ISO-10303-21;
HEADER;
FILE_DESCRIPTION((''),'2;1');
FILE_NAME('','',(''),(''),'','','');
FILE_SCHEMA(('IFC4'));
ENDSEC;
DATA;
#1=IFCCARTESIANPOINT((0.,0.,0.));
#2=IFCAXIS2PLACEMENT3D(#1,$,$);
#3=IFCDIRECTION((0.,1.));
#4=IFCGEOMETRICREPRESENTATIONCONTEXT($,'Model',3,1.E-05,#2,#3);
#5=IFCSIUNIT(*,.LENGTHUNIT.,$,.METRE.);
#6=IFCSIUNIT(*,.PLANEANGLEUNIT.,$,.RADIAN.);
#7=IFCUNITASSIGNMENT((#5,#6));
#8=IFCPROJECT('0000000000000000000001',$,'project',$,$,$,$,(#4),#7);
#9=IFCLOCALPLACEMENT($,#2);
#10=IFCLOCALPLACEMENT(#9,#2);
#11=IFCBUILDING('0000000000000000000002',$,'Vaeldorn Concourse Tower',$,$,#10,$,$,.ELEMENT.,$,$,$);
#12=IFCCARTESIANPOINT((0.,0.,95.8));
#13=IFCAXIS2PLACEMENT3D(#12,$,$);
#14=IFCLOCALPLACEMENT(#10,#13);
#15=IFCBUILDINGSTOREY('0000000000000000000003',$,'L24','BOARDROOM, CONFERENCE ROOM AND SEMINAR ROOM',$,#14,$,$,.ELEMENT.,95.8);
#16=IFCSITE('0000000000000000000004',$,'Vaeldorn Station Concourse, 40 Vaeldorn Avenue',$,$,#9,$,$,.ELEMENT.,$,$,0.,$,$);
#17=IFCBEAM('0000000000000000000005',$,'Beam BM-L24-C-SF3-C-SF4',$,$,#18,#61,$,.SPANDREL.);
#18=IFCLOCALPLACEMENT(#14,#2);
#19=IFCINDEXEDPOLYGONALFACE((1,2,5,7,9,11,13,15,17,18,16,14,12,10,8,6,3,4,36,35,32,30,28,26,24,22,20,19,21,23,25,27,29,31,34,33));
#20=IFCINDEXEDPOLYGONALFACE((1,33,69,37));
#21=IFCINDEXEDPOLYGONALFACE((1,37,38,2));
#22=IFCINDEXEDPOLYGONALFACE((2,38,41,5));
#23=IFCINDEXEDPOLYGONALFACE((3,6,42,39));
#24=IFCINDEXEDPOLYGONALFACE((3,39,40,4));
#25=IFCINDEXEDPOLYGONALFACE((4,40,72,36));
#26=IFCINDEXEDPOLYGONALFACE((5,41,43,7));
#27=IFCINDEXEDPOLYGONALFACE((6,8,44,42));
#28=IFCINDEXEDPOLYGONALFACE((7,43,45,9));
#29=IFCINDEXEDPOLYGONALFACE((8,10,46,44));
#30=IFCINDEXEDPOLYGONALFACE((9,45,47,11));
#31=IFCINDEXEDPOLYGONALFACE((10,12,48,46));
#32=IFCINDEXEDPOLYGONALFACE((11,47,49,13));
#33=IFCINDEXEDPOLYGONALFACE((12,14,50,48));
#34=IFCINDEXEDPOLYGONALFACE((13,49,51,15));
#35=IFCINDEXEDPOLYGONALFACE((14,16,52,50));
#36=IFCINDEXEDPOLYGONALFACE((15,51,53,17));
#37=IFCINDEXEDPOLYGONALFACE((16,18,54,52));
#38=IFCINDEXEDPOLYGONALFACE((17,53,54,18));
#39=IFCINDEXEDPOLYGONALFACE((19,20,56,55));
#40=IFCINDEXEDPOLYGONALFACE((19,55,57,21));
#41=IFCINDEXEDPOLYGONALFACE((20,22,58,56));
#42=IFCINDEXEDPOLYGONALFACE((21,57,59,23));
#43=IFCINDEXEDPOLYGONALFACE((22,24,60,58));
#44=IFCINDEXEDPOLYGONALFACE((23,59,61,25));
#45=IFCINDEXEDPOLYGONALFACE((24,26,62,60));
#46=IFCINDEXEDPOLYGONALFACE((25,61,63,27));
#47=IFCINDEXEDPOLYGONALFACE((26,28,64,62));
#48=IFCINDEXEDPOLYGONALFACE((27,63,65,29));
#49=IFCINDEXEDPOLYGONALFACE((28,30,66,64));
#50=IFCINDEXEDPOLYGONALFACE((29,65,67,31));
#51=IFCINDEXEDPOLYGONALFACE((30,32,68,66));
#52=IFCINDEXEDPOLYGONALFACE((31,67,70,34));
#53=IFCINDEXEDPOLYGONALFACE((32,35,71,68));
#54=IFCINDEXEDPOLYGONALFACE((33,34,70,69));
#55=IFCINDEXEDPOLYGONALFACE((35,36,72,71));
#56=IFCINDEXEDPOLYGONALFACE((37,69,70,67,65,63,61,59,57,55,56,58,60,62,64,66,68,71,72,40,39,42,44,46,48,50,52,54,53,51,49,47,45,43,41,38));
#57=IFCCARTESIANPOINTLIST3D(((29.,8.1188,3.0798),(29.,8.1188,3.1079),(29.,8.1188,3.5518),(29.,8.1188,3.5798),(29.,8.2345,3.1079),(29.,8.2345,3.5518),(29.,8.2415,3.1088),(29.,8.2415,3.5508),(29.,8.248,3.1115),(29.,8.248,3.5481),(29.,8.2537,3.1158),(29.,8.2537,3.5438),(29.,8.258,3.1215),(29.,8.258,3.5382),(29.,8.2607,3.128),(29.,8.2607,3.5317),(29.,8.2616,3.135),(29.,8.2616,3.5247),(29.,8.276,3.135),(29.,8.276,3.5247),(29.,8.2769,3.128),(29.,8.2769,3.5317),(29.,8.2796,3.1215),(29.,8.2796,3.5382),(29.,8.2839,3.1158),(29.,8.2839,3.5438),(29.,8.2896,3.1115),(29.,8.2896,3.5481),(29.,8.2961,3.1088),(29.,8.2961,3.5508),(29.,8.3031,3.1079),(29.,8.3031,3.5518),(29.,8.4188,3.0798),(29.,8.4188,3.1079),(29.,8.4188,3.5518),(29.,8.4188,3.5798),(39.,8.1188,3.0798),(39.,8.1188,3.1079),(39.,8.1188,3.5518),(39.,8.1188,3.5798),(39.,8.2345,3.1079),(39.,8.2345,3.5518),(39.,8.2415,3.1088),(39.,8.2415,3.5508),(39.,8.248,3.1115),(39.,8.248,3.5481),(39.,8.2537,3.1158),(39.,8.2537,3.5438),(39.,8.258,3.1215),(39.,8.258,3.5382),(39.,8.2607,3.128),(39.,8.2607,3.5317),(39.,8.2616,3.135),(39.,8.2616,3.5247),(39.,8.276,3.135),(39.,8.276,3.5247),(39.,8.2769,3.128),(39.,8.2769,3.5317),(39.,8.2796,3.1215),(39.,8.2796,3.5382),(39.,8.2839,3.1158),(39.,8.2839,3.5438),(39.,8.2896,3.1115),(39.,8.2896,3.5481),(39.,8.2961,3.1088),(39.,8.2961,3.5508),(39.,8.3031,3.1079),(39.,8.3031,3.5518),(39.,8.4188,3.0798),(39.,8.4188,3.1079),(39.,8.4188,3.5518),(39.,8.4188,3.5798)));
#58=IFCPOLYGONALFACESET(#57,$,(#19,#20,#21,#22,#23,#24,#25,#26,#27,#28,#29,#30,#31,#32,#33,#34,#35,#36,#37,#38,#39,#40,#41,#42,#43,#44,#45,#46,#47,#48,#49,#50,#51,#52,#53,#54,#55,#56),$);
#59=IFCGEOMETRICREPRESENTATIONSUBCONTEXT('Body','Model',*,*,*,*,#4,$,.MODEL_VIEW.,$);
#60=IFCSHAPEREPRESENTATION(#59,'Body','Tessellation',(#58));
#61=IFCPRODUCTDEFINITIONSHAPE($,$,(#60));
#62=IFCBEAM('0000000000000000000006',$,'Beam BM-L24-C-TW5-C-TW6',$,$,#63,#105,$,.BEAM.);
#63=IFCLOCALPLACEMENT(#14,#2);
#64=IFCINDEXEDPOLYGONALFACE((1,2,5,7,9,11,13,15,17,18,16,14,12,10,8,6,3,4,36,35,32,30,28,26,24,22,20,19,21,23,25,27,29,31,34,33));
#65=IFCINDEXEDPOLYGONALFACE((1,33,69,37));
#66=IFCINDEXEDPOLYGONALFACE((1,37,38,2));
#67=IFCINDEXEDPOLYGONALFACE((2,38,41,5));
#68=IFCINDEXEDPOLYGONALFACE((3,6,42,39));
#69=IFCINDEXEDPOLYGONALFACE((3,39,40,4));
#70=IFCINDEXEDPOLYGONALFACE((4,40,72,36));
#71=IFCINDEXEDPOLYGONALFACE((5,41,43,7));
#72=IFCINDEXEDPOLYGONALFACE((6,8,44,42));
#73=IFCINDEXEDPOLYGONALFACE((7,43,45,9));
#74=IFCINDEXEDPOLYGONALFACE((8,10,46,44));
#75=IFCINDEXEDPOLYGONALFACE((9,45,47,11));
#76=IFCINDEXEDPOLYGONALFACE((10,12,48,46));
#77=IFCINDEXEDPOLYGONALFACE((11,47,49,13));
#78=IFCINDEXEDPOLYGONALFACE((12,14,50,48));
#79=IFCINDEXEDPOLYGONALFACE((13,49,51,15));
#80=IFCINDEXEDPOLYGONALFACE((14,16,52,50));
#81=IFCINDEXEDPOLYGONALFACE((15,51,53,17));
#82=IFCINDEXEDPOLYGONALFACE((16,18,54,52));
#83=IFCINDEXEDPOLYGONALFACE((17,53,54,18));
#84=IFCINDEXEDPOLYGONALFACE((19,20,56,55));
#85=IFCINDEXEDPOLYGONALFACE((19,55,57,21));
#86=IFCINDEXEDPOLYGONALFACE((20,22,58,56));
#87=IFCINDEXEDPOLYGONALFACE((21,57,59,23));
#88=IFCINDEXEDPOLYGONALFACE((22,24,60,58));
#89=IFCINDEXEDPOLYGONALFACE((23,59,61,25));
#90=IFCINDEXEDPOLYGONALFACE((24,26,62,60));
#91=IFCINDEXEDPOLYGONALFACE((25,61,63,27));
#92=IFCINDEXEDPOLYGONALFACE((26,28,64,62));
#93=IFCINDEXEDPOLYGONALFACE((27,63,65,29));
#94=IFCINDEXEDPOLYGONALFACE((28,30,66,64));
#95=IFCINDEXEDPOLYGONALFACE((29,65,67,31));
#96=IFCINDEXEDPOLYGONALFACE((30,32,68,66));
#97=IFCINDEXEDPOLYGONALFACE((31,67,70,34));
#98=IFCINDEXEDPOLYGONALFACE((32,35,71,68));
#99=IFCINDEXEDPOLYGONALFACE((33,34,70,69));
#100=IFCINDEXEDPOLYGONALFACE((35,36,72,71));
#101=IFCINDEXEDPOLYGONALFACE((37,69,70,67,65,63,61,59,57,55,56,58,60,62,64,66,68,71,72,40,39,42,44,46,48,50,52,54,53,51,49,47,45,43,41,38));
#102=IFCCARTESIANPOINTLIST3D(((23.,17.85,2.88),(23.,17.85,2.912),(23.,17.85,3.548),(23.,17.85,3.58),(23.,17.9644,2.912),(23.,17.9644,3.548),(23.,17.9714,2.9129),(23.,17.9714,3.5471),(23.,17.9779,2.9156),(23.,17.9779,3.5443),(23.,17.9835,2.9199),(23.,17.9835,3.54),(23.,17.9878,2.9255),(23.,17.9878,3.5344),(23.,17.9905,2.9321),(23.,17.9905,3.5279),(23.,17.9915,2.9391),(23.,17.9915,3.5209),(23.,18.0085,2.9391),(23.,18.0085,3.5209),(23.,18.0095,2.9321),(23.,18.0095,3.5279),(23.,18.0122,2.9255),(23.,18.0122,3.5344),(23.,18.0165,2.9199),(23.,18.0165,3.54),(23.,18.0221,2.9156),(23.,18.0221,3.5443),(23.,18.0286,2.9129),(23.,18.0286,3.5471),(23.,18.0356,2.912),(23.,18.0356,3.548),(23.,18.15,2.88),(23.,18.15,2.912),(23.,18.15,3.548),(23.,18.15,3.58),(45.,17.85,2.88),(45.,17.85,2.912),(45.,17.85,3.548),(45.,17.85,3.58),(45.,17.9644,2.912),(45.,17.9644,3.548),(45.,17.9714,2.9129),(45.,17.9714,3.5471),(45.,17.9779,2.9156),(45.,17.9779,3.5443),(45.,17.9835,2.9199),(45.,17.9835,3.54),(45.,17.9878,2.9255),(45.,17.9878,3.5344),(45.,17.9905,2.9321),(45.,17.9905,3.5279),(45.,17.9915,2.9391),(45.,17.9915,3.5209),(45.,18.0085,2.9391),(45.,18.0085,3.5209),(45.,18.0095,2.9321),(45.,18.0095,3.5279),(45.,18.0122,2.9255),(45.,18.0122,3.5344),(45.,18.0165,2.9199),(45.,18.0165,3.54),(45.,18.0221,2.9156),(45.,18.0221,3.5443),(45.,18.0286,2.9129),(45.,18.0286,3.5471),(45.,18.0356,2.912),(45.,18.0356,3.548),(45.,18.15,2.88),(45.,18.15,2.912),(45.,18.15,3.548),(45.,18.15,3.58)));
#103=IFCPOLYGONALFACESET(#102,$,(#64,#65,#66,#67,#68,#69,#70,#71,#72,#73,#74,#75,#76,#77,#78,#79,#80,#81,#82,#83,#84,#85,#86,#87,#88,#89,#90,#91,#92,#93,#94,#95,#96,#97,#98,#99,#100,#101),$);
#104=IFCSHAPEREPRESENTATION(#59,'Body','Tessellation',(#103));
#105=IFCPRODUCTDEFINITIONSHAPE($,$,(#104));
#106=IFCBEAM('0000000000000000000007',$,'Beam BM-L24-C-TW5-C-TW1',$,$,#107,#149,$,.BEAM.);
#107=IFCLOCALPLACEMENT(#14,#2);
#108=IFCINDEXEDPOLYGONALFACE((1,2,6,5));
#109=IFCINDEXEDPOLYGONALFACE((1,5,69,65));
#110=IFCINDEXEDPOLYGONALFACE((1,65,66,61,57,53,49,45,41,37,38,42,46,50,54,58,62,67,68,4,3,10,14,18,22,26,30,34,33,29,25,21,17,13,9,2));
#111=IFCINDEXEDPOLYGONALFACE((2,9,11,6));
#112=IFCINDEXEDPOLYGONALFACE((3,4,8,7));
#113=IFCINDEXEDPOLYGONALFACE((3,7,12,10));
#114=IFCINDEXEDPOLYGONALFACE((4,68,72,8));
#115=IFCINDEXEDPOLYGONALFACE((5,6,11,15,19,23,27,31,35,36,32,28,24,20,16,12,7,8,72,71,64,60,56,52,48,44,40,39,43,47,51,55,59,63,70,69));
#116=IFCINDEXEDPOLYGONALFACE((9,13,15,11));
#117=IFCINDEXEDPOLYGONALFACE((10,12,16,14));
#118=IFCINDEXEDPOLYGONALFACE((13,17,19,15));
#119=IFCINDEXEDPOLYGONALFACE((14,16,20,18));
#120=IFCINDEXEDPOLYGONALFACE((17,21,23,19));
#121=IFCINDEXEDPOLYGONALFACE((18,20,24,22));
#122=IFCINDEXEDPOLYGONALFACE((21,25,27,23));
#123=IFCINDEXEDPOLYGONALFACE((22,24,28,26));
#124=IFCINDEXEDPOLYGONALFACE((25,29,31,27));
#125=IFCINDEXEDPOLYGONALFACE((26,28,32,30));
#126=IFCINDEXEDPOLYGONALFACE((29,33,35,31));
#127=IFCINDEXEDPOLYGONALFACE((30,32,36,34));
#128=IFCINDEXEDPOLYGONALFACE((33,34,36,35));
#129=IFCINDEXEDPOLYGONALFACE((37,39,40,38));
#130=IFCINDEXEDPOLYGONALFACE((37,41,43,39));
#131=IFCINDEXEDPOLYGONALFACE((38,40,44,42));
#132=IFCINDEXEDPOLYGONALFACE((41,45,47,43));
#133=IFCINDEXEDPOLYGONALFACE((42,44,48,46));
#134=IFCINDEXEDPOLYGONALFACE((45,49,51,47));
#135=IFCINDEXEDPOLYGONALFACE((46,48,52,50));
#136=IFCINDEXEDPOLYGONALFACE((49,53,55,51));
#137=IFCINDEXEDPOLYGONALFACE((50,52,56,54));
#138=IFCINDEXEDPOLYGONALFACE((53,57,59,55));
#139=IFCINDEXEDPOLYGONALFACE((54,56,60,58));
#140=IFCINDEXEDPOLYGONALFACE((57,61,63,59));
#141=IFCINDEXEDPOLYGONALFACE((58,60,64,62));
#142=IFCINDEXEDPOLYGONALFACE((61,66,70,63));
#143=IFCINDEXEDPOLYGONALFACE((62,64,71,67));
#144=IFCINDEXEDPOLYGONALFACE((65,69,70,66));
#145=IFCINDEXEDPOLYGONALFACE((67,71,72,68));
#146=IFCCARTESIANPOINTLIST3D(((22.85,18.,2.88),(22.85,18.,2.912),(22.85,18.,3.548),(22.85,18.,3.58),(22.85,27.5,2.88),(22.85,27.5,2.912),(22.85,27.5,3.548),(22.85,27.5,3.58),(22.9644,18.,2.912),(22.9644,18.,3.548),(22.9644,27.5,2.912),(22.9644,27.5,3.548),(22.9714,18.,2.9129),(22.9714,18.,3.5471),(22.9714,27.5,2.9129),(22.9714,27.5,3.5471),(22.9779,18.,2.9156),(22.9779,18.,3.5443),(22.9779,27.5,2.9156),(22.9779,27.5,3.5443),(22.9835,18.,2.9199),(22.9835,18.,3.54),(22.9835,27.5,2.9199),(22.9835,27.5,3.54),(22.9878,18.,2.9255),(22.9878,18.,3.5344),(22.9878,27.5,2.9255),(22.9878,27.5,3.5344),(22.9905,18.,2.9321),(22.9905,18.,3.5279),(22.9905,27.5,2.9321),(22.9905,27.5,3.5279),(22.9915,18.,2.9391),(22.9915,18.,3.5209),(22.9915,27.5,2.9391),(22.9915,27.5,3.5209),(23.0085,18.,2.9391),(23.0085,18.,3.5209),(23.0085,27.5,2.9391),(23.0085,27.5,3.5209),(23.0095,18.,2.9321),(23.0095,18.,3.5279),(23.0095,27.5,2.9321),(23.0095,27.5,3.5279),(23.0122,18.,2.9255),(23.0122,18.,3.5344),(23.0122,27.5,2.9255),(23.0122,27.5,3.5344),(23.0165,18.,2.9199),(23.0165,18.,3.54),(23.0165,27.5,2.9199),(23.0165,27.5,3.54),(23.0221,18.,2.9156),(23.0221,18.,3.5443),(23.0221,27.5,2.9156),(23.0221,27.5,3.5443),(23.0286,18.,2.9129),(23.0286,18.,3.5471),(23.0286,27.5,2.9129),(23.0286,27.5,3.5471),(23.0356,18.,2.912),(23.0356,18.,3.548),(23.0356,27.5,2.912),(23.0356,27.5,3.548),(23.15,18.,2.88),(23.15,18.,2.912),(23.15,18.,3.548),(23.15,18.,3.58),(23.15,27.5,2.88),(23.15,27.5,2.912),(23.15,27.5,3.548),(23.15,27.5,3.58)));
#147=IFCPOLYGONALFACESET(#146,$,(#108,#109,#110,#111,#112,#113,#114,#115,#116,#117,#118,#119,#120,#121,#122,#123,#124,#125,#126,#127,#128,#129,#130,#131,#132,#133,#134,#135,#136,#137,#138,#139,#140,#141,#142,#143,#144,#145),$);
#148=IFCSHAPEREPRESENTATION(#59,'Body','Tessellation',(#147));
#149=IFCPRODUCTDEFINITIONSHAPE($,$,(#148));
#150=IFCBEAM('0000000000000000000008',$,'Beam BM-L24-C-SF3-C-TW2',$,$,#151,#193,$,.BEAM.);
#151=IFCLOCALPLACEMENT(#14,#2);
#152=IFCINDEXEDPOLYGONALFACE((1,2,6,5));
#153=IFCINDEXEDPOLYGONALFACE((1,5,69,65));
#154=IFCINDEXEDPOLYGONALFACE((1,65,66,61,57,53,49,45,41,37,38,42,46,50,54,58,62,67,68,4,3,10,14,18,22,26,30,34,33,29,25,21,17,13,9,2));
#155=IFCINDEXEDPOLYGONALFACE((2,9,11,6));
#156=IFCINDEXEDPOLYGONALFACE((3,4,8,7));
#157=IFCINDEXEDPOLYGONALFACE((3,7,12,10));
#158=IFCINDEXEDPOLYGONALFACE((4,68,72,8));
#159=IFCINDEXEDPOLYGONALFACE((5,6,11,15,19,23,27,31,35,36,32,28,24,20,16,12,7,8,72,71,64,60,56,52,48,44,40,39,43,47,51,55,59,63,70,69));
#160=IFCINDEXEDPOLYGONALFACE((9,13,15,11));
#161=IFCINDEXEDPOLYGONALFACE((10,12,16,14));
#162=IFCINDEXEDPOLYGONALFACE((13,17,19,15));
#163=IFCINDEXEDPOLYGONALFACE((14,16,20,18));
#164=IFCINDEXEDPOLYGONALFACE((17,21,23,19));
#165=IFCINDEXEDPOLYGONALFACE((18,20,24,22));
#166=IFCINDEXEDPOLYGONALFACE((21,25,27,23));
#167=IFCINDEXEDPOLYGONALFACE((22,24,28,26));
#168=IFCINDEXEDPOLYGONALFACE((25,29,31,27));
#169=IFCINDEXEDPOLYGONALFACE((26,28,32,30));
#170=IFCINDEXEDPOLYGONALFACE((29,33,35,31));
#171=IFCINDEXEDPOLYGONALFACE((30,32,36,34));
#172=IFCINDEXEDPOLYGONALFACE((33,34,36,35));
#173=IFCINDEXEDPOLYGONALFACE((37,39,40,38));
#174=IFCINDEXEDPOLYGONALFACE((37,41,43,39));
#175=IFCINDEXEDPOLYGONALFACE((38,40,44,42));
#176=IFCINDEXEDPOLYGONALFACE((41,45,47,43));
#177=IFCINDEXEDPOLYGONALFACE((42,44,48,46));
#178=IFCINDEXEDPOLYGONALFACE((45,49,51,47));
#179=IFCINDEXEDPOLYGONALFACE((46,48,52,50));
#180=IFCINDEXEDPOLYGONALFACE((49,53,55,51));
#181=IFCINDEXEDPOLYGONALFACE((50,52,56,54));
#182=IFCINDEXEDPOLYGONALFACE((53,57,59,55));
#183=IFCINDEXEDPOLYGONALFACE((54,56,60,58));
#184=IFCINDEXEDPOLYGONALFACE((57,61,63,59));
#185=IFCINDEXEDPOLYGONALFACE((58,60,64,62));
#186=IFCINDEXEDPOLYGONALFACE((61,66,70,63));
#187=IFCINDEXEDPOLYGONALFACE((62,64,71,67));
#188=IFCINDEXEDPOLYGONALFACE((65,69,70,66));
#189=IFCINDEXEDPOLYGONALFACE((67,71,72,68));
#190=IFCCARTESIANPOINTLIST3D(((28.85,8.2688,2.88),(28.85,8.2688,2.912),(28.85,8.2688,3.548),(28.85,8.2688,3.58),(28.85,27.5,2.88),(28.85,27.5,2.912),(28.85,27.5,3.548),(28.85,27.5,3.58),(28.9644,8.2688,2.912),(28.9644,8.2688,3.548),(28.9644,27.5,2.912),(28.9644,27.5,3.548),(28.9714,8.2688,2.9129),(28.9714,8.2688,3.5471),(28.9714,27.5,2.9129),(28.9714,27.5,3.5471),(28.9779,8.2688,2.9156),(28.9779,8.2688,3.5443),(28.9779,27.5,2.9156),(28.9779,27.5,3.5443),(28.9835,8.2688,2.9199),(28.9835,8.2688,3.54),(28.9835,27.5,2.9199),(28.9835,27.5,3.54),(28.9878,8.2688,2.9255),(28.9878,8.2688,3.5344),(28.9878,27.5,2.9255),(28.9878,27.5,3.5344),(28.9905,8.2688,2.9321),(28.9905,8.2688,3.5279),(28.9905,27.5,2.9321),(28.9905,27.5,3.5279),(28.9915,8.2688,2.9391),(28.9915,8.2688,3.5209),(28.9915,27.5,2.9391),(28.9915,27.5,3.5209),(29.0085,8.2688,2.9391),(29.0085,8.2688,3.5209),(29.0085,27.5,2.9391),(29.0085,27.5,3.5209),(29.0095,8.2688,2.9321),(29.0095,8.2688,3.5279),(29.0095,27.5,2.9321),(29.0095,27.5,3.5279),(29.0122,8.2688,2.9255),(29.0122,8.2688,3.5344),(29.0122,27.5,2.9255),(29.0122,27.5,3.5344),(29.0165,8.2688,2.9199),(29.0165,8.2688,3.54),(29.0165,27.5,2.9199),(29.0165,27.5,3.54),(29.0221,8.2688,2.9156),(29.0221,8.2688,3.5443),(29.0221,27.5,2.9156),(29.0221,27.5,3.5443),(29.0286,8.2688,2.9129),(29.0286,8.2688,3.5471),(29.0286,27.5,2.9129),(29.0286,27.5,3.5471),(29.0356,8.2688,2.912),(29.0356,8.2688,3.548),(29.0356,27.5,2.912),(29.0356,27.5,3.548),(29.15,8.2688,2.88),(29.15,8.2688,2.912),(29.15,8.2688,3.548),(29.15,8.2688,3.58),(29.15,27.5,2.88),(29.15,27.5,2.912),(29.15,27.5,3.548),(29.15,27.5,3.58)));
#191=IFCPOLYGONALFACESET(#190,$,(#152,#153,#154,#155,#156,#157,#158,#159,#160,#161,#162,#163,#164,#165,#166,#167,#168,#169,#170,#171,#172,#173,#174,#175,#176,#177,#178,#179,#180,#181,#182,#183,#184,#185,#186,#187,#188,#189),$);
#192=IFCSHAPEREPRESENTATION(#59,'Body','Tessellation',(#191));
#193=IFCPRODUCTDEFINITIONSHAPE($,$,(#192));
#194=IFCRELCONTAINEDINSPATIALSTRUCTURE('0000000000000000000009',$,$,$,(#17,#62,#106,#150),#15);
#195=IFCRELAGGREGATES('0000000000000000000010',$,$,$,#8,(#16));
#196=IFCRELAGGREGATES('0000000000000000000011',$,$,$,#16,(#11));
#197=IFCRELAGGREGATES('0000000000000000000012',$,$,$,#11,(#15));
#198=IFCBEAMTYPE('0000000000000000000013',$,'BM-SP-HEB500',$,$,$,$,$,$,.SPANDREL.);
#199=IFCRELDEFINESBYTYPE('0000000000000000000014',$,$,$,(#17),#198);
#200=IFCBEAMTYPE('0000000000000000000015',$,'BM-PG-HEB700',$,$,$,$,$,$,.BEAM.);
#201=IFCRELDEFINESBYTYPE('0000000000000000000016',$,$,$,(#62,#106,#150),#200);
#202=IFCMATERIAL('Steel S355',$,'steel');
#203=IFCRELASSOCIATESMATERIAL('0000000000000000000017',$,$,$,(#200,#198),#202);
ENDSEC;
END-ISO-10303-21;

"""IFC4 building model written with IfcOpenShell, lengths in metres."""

from ifc_helpers import new_model, si_unit, direction, frame, origin, origin_2d, place, context, subcontext, project, spatial, i_section, extrude, source, transform, mapped, material, material_profile, profile_set, type_object, element, save


model = new_model("IFC4")

# Units and contexts
model_context = context("Model", 3, precision=1e-05, world=origin(), true_north=direction((0.0, 1.0)))
body_context = subcontext(model_context, "Body", "Model", "MODEL_VIEW")
ifc_project = project(units=[si_unit("LENGTHUNIT", "METRE"), si_unit("PLANEANGLEUNIT", "RADIAN")], contexts=[model_context])

# Site, building, storey
site_placement = place(None, origin())
site = spatial("IfcSite", under=ifc_project, at=site_placement, Name="Vaeldorn Station Concourse, 40 Vaeldorn Avenue", CompositionType="ELEMENT", RefElevation=0.0)
building_placement = place(site_placement, origin())
building = spatial("IfcBuilding", under=site, at=building_placement, Name="Vaeldorn Concourse Tower", CompositionType="ELEMENT")
storey_placement = place(building_placement, frame((0.0, 0.0, 95.8)))
storey = spatial("IfcBuildingStorey", under=building, at=storey_placement, Name="L24", Description="BOARDROOM, CONFERENCE ROOM AND SEMINAR ROOM", CompositionType="ELEMENT", Elevation=95.8)

# Beams
ifc_material_1 = material(Name="Steel S355", Category="steel")
ifc_material_profile_1 = material_profile(ifc_material_1, i_section(OverallWidth=0.3, OverallDepth=0.7, WebThickness=0.0171, FlangeThickness=0.032, FilletRadius=0.0271, at=origin_2d()), Name="HEB 700")
ifc_profile_set_1 = profile_set([ifc_material_profile_1], Name="Steel S355")
beam_type_1 = type_object("IfcBeamType", Name="BM-PG-HEB700", PredefinedType="BEAM", material=ifc_profile_set_1)
ifc_material_profile_2 = material_profile(ifc_material_1, i_section(OverallWidth=0.3, OverallDepth=0.5, WebThickness=0.0144, FlangeThickness=0.0281, FilletRadius=0.0271, at=origin_2d()), Name="HEB 500")
ifc_profile_set_2 = profile_set([ifc_material_profile_2], Name="Steel S355")
beam_type_2 = type_object("IfcBeamType", Name="BM-SP-HEB500", PredefinedType="SPANDREL", material=ifc_profile_set_2)
shared_shape_1 = source(origin(), body_context, "Body", "SweptSolid", [
    extrude(i_section(OverallWidth=0.3, OverallDepth=0.5, WebThickness=0.0144, FlangeThickness=0.0281, FilletRadius=0.0271, at=origin_2d()), origin(), (0.0, 0.0, 1.0), 10.0),
])
beam_1_placement = place(storey_placement, frame((29.0, 8.2688, 3.3298), z_axis=(1.0, 0.0, 0.0), x_axis=(0.0, 1.0, 0.0)))
element("IfcBeam", 1, at=beam_1_placement, inside=storey, type_object=beam_type_2, Name="Beam BM-L24-C-SF3-C-SF4", PredefinedType="SPANDREL", context=body_context, shape_type="MappedRepresentation", body=[
    mapped(shared_shape_1, transform((0.0, 0.0, 0.0), scale=1.0)),
])
shared_shape_2 = source(origin(), body_context, "Body", "SweptSolid", [
    extrude(i_section(OverallWidth=0.3, OverallDepth=0.7, WebThickness=0.0171, FlangeThickness=0.032, FilletRadius=0.0271, at=origin_2d()), origin(), (0.0, 0.0, 1.0), 22.0),
])
beam_2_placement = place(storey_placement, frame((23.0, 18.0, 3.23), z_axis=(1.0, 0.0, 0.0), x_axis=(0.0, 1.0, 0.0)))
element("IfcBeam", 2, at=beam_2_placement, inside=storey, type_object=beam_type_1, Name="Beam BM-L24-C-TW5-C-TW6", PredefinedType="BEAM", context=body_context, shape_type="MappedRepresentation", body=[
    mapped(shared_shape_2, transform((0.0, 0.0, 0.0), scale=1.0)),
])
shared_shape_3 = source(origin(), body_context, "Body", "SweptSolid", [
    extrude(i_section(OverallWidth=0.3, OverallDepth=0.7, WebThickness=0.0171, FlangeThickness=0.032, FilletRadius=0.0271, at=origin_2d()), origin(), (0.0, 0.0, 1.0), 9.5),
])
beam_3_placement = place(storey_placement, frame((23.0, 18.0, 3.23), z_axis=(0.0, 1.0, 0.0), x_axis=(-1.0, 0.0, 0.0)))
element("IfcBeam", 3, at=beam_3_placement, inside=storey, type_object=beam_type_1, Name="Beam BM-L24-C-TW5-C-TW1", PredefinedType="BEAM", context=body_context, shape_type="MappedRepresentation", body=[
    mapped(shared_shape_3, transform((0.0, 0.0, 0.0), scale=1.0)),
])
shared_shape_4 = source(origin(), body_context, "Body", "SweptSolid", [
    extrude(i_section(OverallWidth=0.3, OverallDepth=0.7, WebThickness=0.0171, FlangeThickness=0.032, FilletRadius=0.0271, at=origin_2d()), origin(), (0.0, 0.0, 1.0), 19.2312),
])
beam_4_placement = place(storey_placement, frame((29.0, 8.2688, 3.23), z_axis=(0.0, 1.0, 0.0), x_axis=(-1.0, 0.0, 0.0)))
element("IfcBeam", 4, at=beam_4_placement, inside=storey, type_object=beam_type_1, Name="Beam BM-L24-C-SF3-C-TW2", PredefinedType="BEAM", context=body_context, shape_type="MappedRepresentation", body=[
    mapped(shared_shape_4, transform((0.0, 0.0, 0.0), scale=1.0)),
])

save(model, "model.ifc")
